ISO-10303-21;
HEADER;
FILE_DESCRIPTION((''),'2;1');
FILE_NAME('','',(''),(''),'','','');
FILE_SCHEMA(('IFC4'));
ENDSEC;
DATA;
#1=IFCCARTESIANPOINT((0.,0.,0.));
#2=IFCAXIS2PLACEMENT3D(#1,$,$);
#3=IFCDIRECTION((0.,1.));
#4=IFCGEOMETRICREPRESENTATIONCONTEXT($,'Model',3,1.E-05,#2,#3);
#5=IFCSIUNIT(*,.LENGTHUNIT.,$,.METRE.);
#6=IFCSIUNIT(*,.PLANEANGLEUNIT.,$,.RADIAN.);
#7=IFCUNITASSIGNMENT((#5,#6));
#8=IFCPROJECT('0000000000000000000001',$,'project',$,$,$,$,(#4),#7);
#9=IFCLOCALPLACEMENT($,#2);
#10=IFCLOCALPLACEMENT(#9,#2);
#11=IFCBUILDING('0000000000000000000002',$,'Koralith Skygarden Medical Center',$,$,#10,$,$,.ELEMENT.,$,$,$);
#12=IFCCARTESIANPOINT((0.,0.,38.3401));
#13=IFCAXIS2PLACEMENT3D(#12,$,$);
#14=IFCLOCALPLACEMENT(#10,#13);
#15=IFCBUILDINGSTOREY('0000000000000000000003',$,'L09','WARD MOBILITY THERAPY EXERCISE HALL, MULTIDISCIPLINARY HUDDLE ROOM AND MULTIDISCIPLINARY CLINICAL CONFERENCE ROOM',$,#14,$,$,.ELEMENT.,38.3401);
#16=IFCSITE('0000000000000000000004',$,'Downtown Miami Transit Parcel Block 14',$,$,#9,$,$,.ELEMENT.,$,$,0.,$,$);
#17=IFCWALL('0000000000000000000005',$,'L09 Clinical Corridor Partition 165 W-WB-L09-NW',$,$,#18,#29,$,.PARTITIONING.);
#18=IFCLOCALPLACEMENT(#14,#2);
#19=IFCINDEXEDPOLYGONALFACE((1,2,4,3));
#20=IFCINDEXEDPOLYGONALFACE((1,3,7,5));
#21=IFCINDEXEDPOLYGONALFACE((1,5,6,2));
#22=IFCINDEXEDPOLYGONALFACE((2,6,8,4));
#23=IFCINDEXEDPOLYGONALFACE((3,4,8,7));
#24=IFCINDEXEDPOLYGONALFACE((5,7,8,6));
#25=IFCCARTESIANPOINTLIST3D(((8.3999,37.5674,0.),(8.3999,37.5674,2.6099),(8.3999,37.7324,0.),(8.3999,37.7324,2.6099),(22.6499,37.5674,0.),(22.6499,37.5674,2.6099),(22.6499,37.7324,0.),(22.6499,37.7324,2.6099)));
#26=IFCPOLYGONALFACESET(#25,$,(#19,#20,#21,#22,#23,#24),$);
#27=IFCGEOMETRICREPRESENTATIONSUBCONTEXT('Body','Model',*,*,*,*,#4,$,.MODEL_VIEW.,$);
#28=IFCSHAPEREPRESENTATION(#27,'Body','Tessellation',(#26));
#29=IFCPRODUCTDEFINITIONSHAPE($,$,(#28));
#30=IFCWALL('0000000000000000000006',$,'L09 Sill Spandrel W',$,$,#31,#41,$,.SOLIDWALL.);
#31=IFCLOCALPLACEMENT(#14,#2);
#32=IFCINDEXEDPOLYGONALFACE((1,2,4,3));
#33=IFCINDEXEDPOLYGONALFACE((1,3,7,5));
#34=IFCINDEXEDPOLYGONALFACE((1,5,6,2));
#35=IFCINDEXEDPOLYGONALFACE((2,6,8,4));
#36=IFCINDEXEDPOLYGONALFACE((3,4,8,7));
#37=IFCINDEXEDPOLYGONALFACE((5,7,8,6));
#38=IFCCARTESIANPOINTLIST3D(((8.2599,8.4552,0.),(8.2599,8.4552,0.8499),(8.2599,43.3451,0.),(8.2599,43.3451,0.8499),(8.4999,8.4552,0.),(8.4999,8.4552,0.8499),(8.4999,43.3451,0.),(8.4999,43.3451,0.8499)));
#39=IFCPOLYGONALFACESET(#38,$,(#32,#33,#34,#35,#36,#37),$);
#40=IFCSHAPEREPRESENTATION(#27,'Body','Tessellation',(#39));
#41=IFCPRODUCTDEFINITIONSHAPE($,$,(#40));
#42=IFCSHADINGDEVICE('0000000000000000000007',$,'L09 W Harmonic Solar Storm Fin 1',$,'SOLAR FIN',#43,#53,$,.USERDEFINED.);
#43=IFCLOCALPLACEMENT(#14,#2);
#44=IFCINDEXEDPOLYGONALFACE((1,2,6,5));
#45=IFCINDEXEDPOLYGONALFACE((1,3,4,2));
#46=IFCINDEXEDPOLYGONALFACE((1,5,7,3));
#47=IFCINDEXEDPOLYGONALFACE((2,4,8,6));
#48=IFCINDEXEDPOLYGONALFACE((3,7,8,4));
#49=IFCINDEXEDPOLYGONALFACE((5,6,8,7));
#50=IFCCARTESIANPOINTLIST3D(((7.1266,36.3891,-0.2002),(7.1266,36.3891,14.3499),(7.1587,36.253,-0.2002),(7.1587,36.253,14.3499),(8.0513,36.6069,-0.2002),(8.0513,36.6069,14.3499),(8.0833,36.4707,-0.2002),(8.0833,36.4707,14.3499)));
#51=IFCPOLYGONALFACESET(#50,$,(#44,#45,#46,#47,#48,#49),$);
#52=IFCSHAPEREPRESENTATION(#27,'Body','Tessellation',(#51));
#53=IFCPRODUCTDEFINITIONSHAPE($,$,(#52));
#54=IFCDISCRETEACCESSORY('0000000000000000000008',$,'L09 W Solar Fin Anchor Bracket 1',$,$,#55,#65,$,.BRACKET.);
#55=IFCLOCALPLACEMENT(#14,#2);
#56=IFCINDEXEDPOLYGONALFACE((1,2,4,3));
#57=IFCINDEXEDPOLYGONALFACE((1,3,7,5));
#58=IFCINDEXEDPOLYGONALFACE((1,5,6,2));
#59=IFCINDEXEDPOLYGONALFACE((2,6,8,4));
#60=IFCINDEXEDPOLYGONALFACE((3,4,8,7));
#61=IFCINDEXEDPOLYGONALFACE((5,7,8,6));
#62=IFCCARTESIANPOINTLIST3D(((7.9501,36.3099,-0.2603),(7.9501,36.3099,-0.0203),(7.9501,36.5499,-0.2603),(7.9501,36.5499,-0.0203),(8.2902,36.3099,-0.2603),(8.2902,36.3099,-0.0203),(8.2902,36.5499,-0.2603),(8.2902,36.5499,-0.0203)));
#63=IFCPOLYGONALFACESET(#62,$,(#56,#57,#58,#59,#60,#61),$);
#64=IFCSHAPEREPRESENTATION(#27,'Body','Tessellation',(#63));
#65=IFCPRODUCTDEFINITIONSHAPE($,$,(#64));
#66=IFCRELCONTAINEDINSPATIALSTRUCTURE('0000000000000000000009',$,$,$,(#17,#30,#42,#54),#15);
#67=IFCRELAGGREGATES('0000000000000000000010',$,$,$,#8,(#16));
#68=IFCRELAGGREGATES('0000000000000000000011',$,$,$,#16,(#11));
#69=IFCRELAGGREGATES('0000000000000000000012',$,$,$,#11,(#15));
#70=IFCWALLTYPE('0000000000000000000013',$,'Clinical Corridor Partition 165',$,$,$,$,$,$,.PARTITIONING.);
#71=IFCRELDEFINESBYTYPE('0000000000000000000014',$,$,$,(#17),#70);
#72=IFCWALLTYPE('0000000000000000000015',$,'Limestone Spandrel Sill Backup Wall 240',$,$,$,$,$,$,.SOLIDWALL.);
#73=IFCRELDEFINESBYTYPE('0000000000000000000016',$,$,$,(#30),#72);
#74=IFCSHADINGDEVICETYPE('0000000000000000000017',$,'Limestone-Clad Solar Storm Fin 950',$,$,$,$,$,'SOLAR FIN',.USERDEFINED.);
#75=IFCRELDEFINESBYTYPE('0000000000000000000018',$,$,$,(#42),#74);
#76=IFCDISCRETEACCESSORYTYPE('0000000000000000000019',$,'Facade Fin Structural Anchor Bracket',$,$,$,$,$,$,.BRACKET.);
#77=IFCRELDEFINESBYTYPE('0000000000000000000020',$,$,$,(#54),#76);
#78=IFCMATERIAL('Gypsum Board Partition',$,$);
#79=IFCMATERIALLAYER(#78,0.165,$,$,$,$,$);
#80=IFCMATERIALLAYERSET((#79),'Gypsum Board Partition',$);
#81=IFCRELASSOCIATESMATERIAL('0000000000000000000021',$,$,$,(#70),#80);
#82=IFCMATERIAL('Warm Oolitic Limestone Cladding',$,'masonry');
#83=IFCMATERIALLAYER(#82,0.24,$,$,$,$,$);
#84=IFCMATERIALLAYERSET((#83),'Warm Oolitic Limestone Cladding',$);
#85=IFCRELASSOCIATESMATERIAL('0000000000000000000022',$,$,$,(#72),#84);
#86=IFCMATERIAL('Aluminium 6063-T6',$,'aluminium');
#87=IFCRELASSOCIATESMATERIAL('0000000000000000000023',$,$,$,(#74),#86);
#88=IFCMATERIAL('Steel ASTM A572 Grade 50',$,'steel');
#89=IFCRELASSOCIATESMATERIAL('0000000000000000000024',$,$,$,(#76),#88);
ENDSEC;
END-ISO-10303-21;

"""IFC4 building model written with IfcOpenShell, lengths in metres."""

from ifc_helpers import new_model, si_unit, direction, frame, frame_2d, origin, origin_2d, place, context, subcontext, project, spatial, rectangle, extrude, material, layer, layer_set, type_object, element, save


model = new_model("IFC4")

# Units and contexts
model_context = context("Model", 3, precision=1e-05, world=origin(), true_north=direction((0.0, 1.0)))
body_context = subcontext(model_context, "Body", "Model", "MODEL_VIEW")
ifc_project = project(units=[si_unit("LENGTHUNIT", "METRE"), si_unit("PLANEANGLEUNIT", "RADIAN")], contexts=[model_context])

# Site, building, storey
site_placement = place(None, origin())
site = spatial("IfcSite", under=ifc_project, at=site_placement, Name="Downtown Miami Transit Parcel Block 14", CompositionType="ELEMENT", RefElevation=0.0)
building_placement = place(site_placement, origin())
building = spatial("IfcBuilding", under=site, at=building_placement, Name="Koralith Skygarden Medical Center", CompositionType="ELEMENT")
storey_placement = place(building_placement, frame((0.0, 0.0, 38.3401)))
storey = spatial("IfcBuildingStorey", under=building, at=storey_placement, Name="L09", Description="WARD MOBILITY THERAPY EXERCISE HALL, MULTIDISCIPLINARY HUDDLE ROOM AND MULTIDISCIPLINARY CLINICAL CONFERENCE ROOM", CompositionType="ELEMENT", Elevation=38.3401)

# Shared definitions
ifc_material_1 = material(Name="Aluminium 6063-T6", Category="aluminium")

# Shared definitions
ifc_material_2 = material(Name="Warm Oolitic Limestone Cladding", Category="masonry")

# Wall
ifc_material_3 = material(Name="Gypsum Board Partition")
ifc_layer_1 = layer(ifc_material_3, 0.165)
ifc_layer_set_1 = layer_set([ifc_layer_1], Name="Gypsum Board Partition")
wall_type_1 = type_object("IfcWallType", Name="Clinical Corridor Partition 165", PredefinedType="PARTITIONING", material=ifc_layer_set_1)
wall_1_placement = place(storey_placement, frame((8.3999, 37.6499, 0.0), z_axis=(0.0, 0.0, 1.0), x_axis=(1.0, 0.0, 0.0)))
element("IfcWall", 1, at=wall_1_placement, inside=storey, type_object=wall_type_1, Name="L09 Clinical Corridor Partition 165 W-WB-L09-NW", PredefinedType="PARTITIONING", context=body_context, shape_type="SweptSolid", body=[
    extrude(rectangle(XDim=14.25, YDim=0.165, at=frame_2d((7.125, 0.0))), origin(), (0.0, 0.0, 1.0), 2.6099),
])

# Wall
ifc_layer_2 = layer(ifc_material_2, 0.24)
ifc_layer_set_2 = layer_set([ifc_layer_2], Name="Warm Oolitic Limestone Cladding")
wall_type_2 = type_object("IfcWallType", Name="Limestone Spandrel Sill Backup Wall 240", PredefinedType="SOLIDWALL", material=ifc_layer_set_2)
wall_2_placement = place(storey_placement, frame((8.3799, 43.345, 0.0), z_axis=(0.0, 0.0, 1.0), x_axis=(0.0, -1.0, 0.0)))
element("IfcWall", 2, at=wall_2_placement, inside=storey, type_object=wall_type_2, Name="L09 Sill Spandrel W", PredefinedType="SOLIDWALL", context=body_context, shape_type="SweptSolid", body=[
    extrude(rectangle(XDim=34.8899, YDim=0.24, at=frame_2d((17.4448, 0.0))), origin(), (0.0, 0.0, 1.0), 0.8499),
])

# Shading device
shading_device_type = type_object("IfcShadingDeviceType", Name="Limestone-Clad Solar Storm Fin 950", ElementType="SOLAR FIN", PredefinedType="USERDEFINED", material=ifc_material_1)
shading_device_placement = place(storey_placement, frame((7.605, 36.4299, -0.2002), z_axis=(0.0, 0.0, 1.0), x_axis=(-0.973367, -0.229251, 0.0)))
element("IfcShadingDevice", 3, at=shading_device_placement, inside=storey, type_object=shading_device_type, Name="L09 W Harmonic Solar Storm Fin 1", ObjectType="SOLAR FIN", PredefinedType="USERDEFINED", context=body_context, shape_type="SweptSolid", body=[
    extrude(rectangle(XDim=0.95, YDim=0.1399, at=origin_2d()), origin(), (0.0, 0.0, 1.0), 14.55),
])

# Discrete accessory
ifc_material_4 = material(Name="Steel ASTM A572 Grade 50", Category="steel")
discrete_accessory_type = type_object("IfcDiscreteAccessoryType", Name="Facade Fin Structural Anchor Bracket", PredefinedType="BRACKET", material=ifc_material_4)
discrete_accessory_placement = place(storey_placement, frame((8.1201, 36.4299, -0.2603), z_axis=(0.0, 0.0, 1.0), x_axis=(-1.0, 0.0, 0.0)))
element("IfcDiscreteAccessory", 4, at=discrete_accessory_placement, inside=storey, type_object=discrete_accessory_type, Name="L09 W Solar Fin Anchor Bracket 1", PredefinedType="BRACKET", context=body_context, shape_type="SweptSolid", body=[
    extrude(rectangle(XDim=0.3401, YDim=0.24, at=origin_2d()), origin(), (0.0, 0.0, 1.0), 0.24),
])

save(model, "model.ifc")
